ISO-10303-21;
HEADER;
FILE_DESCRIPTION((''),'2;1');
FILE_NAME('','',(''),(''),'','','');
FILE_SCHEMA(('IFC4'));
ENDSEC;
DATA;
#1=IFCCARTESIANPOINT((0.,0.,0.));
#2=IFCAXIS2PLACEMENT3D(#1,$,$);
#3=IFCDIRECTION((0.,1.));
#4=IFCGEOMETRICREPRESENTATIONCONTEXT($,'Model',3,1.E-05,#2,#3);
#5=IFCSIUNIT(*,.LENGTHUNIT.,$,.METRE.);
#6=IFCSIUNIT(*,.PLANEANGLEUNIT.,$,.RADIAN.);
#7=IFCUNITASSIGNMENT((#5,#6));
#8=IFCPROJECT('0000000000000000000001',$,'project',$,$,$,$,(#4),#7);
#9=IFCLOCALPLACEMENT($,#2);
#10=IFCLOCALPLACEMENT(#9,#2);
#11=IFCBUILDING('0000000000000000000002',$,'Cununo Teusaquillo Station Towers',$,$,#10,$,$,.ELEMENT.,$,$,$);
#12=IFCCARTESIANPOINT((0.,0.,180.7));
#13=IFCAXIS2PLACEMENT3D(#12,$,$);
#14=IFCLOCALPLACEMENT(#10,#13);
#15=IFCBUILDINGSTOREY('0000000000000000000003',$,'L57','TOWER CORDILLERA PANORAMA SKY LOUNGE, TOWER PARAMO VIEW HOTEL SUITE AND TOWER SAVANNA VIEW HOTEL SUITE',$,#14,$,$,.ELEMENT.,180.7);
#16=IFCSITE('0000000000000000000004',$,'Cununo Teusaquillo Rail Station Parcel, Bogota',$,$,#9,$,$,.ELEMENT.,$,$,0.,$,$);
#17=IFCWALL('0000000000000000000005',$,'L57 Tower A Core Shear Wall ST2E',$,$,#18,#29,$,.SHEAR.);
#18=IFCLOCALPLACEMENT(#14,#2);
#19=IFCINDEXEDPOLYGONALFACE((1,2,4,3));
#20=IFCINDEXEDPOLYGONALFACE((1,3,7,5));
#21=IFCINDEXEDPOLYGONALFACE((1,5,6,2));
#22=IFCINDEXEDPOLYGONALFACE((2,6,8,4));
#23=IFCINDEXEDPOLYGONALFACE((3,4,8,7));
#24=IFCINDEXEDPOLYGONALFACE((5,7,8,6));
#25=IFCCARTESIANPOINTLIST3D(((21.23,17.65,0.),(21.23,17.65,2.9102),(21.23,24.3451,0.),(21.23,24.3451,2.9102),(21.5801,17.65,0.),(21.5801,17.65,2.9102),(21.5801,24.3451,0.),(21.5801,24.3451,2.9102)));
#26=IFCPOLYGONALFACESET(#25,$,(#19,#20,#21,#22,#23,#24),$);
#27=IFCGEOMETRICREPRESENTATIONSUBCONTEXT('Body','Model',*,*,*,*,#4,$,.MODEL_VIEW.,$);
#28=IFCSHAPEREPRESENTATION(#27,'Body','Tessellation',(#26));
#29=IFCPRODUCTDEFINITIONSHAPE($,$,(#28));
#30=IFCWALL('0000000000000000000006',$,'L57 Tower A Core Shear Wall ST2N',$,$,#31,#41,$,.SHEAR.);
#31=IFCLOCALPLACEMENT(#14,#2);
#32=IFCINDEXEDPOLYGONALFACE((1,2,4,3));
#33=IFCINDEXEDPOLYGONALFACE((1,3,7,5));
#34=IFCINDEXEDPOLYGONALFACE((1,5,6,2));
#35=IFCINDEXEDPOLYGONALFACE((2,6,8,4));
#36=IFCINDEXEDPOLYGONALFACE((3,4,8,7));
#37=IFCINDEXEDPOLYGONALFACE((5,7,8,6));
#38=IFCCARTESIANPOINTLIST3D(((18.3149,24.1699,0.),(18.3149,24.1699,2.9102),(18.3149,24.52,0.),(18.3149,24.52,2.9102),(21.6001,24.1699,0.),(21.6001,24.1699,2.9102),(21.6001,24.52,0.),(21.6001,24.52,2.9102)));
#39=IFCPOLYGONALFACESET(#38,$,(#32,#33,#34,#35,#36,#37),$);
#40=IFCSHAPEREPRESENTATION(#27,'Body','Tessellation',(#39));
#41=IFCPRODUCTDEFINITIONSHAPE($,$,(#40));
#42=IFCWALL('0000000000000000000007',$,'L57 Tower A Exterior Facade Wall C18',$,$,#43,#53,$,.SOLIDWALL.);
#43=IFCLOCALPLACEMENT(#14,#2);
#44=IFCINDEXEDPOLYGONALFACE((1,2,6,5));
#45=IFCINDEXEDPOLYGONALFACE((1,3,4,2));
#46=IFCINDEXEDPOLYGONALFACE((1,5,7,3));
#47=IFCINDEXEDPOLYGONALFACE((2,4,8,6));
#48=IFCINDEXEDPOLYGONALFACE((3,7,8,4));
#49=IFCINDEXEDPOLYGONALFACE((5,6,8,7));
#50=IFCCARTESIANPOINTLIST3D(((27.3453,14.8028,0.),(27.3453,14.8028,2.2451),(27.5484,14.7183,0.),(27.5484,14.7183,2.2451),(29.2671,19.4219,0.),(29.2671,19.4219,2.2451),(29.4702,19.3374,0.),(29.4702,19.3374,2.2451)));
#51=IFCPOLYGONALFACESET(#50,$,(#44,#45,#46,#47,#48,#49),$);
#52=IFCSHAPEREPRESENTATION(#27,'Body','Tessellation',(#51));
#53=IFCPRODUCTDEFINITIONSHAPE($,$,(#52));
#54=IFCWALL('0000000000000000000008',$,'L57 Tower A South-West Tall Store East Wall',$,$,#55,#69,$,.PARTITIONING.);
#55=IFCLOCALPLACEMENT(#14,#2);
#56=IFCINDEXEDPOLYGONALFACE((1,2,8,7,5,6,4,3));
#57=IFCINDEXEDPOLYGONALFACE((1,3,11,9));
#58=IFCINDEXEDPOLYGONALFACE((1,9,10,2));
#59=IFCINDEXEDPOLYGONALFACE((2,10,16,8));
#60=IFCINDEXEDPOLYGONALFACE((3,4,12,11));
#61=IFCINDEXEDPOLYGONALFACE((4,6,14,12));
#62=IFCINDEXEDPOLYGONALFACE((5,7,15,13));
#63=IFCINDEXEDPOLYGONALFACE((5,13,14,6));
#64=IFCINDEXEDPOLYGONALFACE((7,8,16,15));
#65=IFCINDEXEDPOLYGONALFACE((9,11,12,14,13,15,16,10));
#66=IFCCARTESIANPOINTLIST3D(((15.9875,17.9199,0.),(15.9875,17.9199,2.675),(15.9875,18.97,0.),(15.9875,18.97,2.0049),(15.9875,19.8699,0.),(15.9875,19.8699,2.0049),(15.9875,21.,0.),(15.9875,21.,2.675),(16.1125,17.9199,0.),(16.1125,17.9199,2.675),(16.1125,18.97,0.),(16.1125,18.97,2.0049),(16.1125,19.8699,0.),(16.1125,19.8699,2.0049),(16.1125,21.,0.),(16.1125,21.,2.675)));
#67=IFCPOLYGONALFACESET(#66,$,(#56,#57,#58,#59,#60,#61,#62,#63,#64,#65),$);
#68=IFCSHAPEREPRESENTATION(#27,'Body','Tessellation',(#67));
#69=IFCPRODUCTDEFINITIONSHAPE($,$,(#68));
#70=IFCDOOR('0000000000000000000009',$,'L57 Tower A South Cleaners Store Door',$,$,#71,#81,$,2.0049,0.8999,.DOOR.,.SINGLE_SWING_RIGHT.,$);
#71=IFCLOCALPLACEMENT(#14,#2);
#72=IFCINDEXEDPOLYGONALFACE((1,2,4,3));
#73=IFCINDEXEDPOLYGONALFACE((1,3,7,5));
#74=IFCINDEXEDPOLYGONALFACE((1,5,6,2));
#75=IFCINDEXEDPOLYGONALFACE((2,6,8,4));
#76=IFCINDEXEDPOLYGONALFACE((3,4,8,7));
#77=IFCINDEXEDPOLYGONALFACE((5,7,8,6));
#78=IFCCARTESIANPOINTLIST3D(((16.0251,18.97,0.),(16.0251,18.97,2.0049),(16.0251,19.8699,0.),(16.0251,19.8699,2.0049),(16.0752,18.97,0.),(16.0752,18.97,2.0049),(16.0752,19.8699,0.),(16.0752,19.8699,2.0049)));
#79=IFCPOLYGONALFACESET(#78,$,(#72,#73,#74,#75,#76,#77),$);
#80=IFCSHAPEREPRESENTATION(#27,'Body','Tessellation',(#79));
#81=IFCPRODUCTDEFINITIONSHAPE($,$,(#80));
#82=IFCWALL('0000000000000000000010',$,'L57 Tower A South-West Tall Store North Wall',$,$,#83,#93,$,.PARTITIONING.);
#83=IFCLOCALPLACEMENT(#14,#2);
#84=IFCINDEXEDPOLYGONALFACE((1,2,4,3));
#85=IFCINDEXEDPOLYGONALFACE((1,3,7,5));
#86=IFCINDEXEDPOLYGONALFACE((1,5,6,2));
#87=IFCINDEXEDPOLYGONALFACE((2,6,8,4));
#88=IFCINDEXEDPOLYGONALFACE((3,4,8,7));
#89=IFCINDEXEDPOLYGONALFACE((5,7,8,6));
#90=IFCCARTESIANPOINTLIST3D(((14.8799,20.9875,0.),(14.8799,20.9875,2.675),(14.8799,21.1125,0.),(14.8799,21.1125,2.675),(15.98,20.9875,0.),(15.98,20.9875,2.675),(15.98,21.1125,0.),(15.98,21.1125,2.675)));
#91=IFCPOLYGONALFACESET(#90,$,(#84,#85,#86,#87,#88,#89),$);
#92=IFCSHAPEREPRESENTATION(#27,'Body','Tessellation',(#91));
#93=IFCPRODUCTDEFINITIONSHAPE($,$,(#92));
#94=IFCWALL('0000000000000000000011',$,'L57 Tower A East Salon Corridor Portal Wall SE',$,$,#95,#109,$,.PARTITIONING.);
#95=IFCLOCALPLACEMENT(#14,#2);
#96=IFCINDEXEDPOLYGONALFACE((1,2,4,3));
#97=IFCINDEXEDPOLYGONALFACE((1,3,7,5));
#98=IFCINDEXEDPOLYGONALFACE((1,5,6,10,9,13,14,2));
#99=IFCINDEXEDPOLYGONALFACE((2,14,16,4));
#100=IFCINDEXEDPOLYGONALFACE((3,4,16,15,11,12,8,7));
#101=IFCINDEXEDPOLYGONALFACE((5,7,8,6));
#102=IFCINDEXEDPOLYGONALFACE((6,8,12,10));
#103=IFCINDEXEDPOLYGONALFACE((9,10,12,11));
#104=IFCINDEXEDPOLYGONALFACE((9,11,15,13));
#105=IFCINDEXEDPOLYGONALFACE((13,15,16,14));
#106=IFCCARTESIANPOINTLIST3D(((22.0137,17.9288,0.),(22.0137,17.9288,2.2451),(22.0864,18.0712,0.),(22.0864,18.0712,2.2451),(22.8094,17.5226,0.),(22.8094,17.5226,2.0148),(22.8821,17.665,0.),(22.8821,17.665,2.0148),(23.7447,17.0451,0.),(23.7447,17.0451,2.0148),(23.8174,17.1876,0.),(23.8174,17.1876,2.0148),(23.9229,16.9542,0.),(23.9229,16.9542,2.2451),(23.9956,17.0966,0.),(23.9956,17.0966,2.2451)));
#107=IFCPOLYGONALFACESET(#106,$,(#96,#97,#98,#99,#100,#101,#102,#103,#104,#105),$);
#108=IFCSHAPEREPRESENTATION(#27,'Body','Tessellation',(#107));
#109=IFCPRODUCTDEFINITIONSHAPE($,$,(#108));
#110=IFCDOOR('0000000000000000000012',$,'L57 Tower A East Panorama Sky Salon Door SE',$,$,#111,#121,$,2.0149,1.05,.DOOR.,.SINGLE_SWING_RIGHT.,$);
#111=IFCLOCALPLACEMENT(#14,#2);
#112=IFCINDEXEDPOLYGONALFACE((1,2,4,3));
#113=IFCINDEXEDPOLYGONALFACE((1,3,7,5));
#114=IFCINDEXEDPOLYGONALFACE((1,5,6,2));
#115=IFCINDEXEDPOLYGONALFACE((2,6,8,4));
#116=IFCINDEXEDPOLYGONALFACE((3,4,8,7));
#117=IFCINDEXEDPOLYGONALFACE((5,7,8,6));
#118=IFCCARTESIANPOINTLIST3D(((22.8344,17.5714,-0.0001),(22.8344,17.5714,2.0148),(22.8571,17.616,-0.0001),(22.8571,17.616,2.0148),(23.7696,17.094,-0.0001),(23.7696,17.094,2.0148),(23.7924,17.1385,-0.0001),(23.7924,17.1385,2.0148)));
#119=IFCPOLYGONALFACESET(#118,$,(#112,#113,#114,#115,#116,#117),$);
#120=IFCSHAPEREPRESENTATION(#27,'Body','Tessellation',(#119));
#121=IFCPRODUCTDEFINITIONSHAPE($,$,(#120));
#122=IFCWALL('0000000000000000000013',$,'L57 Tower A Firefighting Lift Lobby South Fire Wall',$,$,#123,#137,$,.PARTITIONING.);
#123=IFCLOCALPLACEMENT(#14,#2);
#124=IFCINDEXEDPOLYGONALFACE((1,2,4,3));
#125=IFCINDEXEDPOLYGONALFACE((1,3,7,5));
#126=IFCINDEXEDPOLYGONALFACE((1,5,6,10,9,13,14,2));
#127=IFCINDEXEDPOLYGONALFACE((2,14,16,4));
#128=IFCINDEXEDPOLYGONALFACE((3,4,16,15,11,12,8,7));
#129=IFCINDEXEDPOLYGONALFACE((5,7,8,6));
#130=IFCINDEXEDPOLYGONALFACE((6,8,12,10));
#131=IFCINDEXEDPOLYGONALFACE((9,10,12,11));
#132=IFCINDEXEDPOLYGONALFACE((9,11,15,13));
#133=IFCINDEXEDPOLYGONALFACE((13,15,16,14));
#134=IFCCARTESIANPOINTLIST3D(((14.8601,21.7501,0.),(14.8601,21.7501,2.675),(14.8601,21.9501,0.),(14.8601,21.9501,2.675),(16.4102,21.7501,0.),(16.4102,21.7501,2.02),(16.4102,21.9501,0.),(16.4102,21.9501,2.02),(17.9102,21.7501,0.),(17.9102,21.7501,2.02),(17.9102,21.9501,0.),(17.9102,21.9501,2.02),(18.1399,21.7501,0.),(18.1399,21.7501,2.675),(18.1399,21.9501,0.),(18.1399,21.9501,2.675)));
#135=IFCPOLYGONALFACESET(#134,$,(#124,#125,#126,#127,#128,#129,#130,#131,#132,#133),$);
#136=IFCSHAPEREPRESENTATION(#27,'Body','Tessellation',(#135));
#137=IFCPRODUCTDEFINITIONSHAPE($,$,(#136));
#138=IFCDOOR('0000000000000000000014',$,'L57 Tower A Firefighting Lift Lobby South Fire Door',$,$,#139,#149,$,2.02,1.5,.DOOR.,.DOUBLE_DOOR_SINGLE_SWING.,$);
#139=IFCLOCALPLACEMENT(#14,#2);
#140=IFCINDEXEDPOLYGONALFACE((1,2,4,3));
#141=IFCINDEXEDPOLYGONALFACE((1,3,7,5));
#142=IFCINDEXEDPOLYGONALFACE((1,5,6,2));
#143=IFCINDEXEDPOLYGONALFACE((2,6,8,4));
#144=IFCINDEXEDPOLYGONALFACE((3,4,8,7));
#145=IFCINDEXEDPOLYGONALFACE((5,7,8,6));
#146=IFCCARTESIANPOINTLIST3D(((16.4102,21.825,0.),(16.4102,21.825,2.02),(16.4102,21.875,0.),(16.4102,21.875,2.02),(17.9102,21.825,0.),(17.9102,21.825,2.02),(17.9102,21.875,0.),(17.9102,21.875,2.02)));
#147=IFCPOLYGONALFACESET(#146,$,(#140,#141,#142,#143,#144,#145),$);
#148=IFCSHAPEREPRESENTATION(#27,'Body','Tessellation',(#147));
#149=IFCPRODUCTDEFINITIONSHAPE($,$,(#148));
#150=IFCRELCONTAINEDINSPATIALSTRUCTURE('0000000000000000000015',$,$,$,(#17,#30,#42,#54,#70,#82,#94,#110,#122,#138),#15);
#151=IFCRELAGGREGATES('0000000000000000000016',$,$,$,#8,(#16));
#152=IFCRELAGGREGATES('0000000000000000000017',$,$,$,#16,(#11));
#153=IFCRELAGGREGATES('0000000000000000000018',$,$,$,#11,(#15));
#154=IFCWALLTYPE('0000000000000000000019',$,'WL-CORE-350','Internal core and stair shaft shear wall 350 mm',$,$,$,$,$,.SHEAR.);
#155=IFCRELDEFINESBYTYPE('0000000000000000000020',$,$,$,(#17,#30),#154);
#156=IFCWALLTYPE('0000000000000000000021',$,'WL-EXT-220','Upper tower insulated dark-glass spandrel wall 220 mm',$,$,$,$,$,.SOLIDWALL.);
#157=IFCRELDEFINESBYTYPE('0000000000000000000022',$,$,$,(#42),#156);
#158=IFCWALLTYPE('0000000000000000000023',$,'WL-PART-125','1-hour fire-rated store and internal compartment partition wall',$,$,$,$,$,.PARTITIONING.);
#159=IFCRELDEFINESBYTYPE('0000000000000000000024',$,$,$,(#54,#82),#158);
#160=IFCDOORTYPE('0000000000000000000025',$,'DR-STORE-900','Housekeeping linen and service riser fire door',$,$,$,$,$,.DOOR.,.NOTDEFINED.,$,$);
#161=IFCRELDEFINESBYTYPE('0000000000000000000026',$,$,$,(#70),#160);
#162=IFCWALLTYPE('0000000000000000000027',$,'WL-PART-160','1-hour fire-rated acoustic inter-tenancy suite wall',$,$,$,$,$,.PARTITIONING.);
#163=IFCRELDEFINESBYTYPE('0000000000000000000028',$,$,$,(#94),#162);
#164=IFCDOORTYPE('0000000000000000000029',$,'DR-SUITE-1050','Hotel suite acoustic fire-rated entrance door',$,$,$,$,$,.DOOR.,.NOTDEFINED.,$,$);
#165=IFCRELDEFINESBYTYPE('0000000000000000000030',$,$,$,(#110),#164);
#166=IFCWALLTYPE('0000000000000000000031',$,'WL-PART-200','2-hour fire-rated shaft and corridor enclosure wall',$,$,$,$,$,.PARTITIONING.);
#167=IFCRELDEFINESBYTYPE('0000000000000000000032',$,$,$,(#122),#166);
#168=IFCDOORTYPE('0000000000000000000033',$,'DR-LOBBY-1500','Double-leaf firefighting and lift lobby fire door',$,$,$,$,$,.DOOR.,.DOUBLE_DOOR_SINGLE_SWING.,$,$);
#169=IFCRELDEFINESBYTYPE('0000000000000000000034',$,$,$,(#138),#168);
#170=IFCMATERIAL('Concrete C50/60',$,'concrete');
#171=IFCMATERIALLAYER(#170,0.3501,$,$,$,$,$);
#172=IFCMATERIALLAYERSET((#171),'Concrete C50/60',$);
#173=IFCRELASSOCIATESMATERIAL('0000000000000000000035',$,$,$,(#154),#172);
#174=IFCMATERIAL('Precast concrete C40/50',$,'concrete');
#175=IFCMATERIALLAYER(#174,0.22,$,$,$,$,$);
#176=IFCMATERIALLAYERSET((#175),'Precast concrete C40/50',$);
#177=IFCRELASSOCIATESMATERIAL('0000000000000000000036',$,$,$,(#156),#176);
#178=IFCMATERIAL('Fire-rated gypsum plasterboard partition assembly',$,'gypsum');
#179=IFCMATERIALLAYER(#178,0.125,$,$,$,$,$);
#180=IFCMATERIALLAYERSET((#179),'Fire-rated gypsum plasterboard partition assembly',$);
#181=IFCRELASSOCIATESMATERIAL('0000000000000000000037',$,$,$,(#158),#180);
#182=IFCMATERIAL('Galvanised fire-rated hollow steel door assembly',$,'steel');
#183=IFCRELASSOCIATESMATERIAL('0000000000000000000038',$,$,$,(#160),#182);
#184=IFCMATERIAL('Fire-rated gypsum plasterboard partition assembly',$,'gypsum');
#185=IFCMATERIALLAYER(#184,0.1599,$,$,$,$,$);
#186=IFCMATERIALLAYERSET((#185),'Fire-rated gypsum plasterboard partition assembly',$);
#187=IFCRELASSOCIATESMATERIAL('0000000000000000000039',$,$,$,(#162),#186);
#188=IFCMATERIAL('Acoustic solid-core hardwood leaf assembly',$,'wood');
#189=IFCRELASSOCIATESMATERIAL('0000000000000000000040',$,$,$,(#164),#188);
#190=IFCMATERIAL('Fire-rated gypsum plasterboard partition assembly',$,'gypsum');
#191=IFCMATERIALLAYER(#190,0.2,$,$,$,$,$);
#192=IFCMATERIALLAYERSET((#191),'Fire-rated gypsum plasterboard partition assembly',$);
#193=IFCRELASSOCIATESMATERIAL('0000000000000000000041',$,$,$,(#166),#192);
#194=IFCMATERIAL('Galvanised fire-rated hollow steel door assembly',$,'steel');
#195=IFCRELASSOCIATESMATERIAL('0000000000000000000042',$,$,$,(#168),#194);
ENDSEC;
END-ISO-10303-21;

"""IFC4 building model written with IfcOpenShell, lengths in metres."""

from ifc_helpers import new_model, si_unit, direction, frame, frame_2d, origin, place, context, subcontext, project, spatial, rectangle, extrude, source, transform, mapped, material, layer, layer_set, type_object, element, fill, save


model = new_model("IFC4")

# Units and contexts
model_context = context("Model", 3, precision=1e-05, world=origin(), true_north=direction((0.0, 1.0)))
body_context = subcontext(model_context, "Body", "Model", "MODEL_VIEW")
ifc_project = project(units=[si_unit("LENGTHUNIT", "METRE"), si_unit("PLANEANGLEUNIT", "RADIAN")], contexts=[model_context])

# Site, building, storey
site_placement = place(None, origin())
site = spatial("IfcSite", under=ifc_project, at=site_placement, Name="Cununo Teusaquillo Rail Station Parcel, Bogota", CompositionType="ELEMENT", RefElevation=0.0)
building_placement = place(site_placement, origin())
building = spatial("IfcBuilding", under=site, at=building_placement, Name="Cununo Teusaquillo Station Towers", CompositionType="ELEMENT")
storey_placement = place(building_placement, frame((0.0, 0.0, 180.7)))
storey = spatial("IfcBuildingStorey", under=building, at=storey_placement, Name="L57", Description="TOWER CORDILLERA PANORAMA SKY LOUNGE, TOWER PARAMO VIEW HOTEL SUITE AND TOWER SAVANNA VIEW HOTEL SUITE", CompositionType="ELEMENT", Elevation=180.7)

# Shared definitions
ifc_material_1 = material(Name="Concrete C50/60", Category="concrete")
ifc_layer_1 = layer(ifc_material_1, 0.3501)
ifc_layer_set_1 = layer_set([ifc_layer_1], Name="Concrete C50/60")
wall_type_1 = type_object("IfcWallType", Name="WL-CORE-350", Description="Internal core and stair shaft shear wall 350 mm", PredefinedType="SHEAR", material=ifc_layer_set_1)

# Walls
wall_1_placement = place(storey_placement, frame((21.405, 17.6499, 0.0), z_axis=(0.0, 0.0, 1.0), x_axis=(0.0, 1.0, 0.0)))
element("IfcWall", 1, at=wall_1_placement, inside=storey, type_object=wall_type_1, Name="L57 Tower A Core Shear Wall ST2E", PredefinedType="SHEAR", context=body_context, shape_type="SweptSolid", body=[
    extrude(rectangle(XDim=6.6951, YDim=0.3501, at=frame_2d((3.3477, 0.0))), origin(), (0.0, 0.0, 1.0), 2.9102),
])
wall_2_placement = place(storey_placement, frame((18.3149, 24.345, 0.0), z_axis=(0.0, 0.0, 1.0), x_axis=(1.0, 0.0, 0.0)))
element("IfcWall", 2, at=wall_2_placement, inside=storey, type_object=wall_type_1, Name="L57 Tower A Core Shear Wall ST2N", PredefinedType="SHEAR", context=body_context, shape_type="SweptSolid", body=[
    extrude(rectangle(XDim=3.2852, YDim=0.3501, at=frame_2d((1.6426, 0.0))), origin(), (0.0, 0.0, 1.0), 2.9102),
])
ifc_material_2 = material(Name="Precast concrete C40/50", Category="concrete")
ifc_layer_2 = layer(ifc_material_2, 0.22)
ifc_layer_set_2 = layer_set([ifc_layer_2], Name="Precast concrete C40/50")
wall_type_2 = type_object("IfcWallType", Name="WL-EXT-220", Description="Upper tower insulated dark-glass spandrel wall 220 mm", PredefinedType="SOLIDWALL", material=ifc_layer_set_2)
wall_3_placement = place(storey_placement, frame((29.3687, 19.3796, 0.0), z_axis=(0.0, 0.0, 1.0), x_axis=(-0.384144, -0.923273, 0.0)))
element("IfcWall", 3, at=wall_3_placement, inside=storey, type_object=wall_type_2, Name="L57 Tower A Exterior Facade Wall C18", PredefinedType="SOLIDWALL", context=body_context, shape_type="SweptSolid", body=[
    extrude(rectangle(XDim=5.0029, YDim=0.22, at=frame_2d((2.5015, 0.0))), origin(), (0.0, 0.0, 1.0), 2.2451),
])

# Wall, opening, door
ifc_material_3 = material(Name="Fire-rated gypsum plasterboard partition assembly", Category="gypsum")
ifc_layer_3 = layer(ifc_material_3, 0.125)
ifc_layer_set_3 = layer_set([ifc_layer_3], Name="Fire-rated gypsum plasterboard partition assembly")
wall_type_3 = type_object("IfcWallType", Name="WL-PART-125", Description="1-hour fire-rated store and internal compartment partition wall", PredefinedType="PARTITIONING", material=ifc_layer_set_3)
wall_4_placement = place(storey_placement, frame((16.05, 17.9199, 0.0), z_axis=(0.0, 0.0, 1.0), x_axis=(0.0, 1.0, 0.0)))
wall_4 = element("IfcWall", 4, at=wall_4_placement, inside=storey, type_object=wall_type_3, Name="L57 Tower A South-West Tall Store East Wall", PredefinedType="PARTITIONING", context=body_context, shape_type="SweptSolid", body=[
    extrude(rectangle(XDim=3.0801, YDim=0.125, at=frame_2d((1.54, 0.0))), origin(), (0.0, 0.0, 1.0), 2.675),
])
shared_shape_1 = source(origin(), body_context, "Body", "SweptSolid", [
    extrude(rectangle(XDim=0.8999, YDim=2.0049, at=frame_2d((0.45, 1.0024))), frame((0.0, 0.0725, 0.0), z_axis=(0.0, -1.0, 0.0), x_axis=(1.0, 0.0, 0.0)), (0.0, 0.0, 1.0), 0.145),
])
opening_1_placement = place(wall_4_placement, frame((1.05, 0.0, 0.0)))
opening_1 = element("IfcOpeningElement", 5, at=opening_1_placement, cuts=wall_4, PredefinedType="OPENING", context=body_context, shape_type="MappedRepresentation", body=[
    mapped(shared_shape_1, transform((0.0, 0.0, 0.0), x_axis=(1.0, 0.0, 0.0), y_axis=(0.0, 1.0, 0.0), z_axis=(0.0, 0.0, 1.0), scale=1.0)),
])
ifc_material_4 = material(Name="Galvanised fire-rated hollow steel door assembly", Category="steel")
door_type_1 = type_object("IfcDoorType", Name="DR-STORE-900", Description="Housekeeping linen and service riser fire door", OperationType="NOTDEFINED", PredefinedType="DOOR", material=ifc_material_4)
shared_shape_2 = source(origin(), body_context, "Body", "SweptSolid", [
    extrude(rectangle(XDim=0.8999, YDim=2.0049, at=frame_2d((0.45, 1.0024))), frame((0.0, 0.0249, 0.0), z_axis=(0.0, -1.0, 0.0), x_axis=(1.0, 0.0, 0.0)), (0.0, 0.0, 1.0), 0.05),
])
door_1_placement = place(opening_1_placement, origin())
door_1 = element("IfcDoor", 6, at=door_1_placement, inside=storey, type_object=door_type_1, Name="L57 Tower A South Cleaners Store Door", OperationType="SINGLE_SWING_RIGHT", OverallHeight=2.0049, OverallWidth=0.8999, PredefinedType="DOOR", context=body_context, shape_type="MappedRepresentation", body=[
    mapped(shared_shape_2, transform((0.0, 0.0, 0.0), x_axis=(1.0, 0.0, 0.0), y_axis=(0.0, 1.0, 0.0), z_axis=(0.0, 0.0, 1.0), scale=1.0)),
])
fill(opening_1, door_1)

# Wall
wall_5_placement = place(storey_placement, frame((14.8799, 21.05, 0.0), z_axis=(0.0, 0.0, 1.0), x_axis=(1.0, 0.0, 0.0)))
element("IfcWall", 7, at=wall_5_placement, inside=storey, type_object=wall_type_3, Name="L57 Tower A South-West Tall Store North Wall", PredefinedType="PARTITIONING", context=body_context, shape_type="SweptSolid", body=[
    extrude(rectangle(XDim=1.1001, YDim=0.125, at=frame_2d((0.55, 0.0))), origin(), (0.0, 0.0, 1.0), 2.675),
])

# Walls, openings, doors
ifc_material_5 = material(Name="Fire-rated gypsum plasterboard partition assembly", Category="gypsum")
ifc_layer_4 = layer(ifc_material_5, 0.1599)
ifc_layer_set_4 = layer_set([ifc_layer_4], Name="Fire-rated gypsum plasterboard partition assembly")
wall_type_4 = type_object("IfcWallType", Name="WL-PART-160", Description="1-hour fire-rated acoustic inter-tenancy suite wall", PredefinedType="PARTITIONING", material=ifc_layer_set_4)
wall_6_placement = place(storey_placement, frame((22.05, 18.0, 0.0), z_axis=(0.0, 0.0, 1.0), x_axis=(0.89066, -0.45467, 0.0)))
wall_6 = element("IfcWall", 8, at=wall_6_placement, inside=storey, type_object=wall_type_4, Name="L57 Tower A East Salon Corridor Portal Wall SE", PredefinedType="PARTITIONING", context=body_context, shape_type="SweptSolid", body=[
    extrude(rectangle(XDim=2.1436, YDim=0.1599, at=frame_2d((1.0718, 0.0))), origin(), (0.0, 0.0, 1.0), 2.2451),
])
shared_shape_3 = source(origin(), body_context, "Body", "SweptSolid", [
    extrude(rectangle(XDim=1.05, YDim=2.0149, at=frame_2d((0.5249, 1.0073))), frame((0.0, 0.0898, 0.0), z_axis=(0.0, -1.0, 0.0), x_axis=(1.0, 0.0, 0.0)), (0.0, 0.0, 1.0), 0.1799),
])
opening_2_placement = place(wall_6_placement, frame((0.8936, 0.0, 0.0)))
opening_2 = element("IfcOpeningElement", 9, at=opening_2_placement, cuts=wall_6, PredefinedType="OPENING", context=body_context, shape_type="MappedRepresentation", body=[
    mapped(shared_shape_3, transform((0.0, 0.0, 0.0), x_axis=(1.0, 0.0, 0.0), y_axis=(0.0, 1.0, 0.0), z_axis=(0.0, 0.0, 1.0), scale=1.0)),
])
ifc_material_6 = material(Name="Acoustic solid-core hardwood leaf assembly", Category="wood")
door_type_2 = type_object("IfcDoorType", Name="DR-SUITE-1050", Description="Hotel suite acoustic fire-rated entrance door", OperationType="NOTDEFINED", PredefinedType="DOOR", material=ifc_material_6)
shared_shape_4 = source(origin(), body_context, "Body", "SweptSolid", [
    extrude(rectangle(XDim=1.05, YDim=2.0149, at=frame_2d((0.5249, 1.0073))), frame((0.0, 0.0249, 0.0), z_axis=(0.0, -1.0, 0.0), x_axis=(1.0, 0.0, 0.0)), (0.0, 0.0, 1.0), 0.05),
])
door_2_placement = place(opening_2_placement, origin())
door_2 = element("IfcDoor", 10, at=door_2_placement, inside=storey, type_object=door_type_2, Name="L57 Tower A East Panorama Sky Salon Door SE", OperationType="SINGLE_SWING_RIGHT", OverallHeight=2.0149, OverallWidth=1.05, PredefinedType="DOOR", context=body_context, shape_type="MappedRepresentation", body=[
    mapped(shared_shape_4, transform((0.0, 0.0, 0.0), x_axis=(1.0, 0.0, 0.0), y_axis=(0.0, 1.0, 0.0), z_axis=(0.0, 0.0, 1.0), scale=1.0)),
])
fill(opening_2, door_2)
ifc_material_7 = material(Name="Fire-rated gypsum plasterboard partition assembly", Category="gypsum")
ifc_layer_5 = layer(ifc_material_7, 0.2)
ifc_layer_set_5 = layer_set([ifc_layer_5], Name="Fire-rated gypsum plasterboard partition assembly")
wall_type_5 = type_object("IfcWallType", Name="WL-PART-200", Description="2-hour fire-rated shaft and corridor enclosure wall", PredefinedType="PARTITIONING", material=ifc_layer_set_5)
wall_7_placement = place(storey_placement, frame((14.8601, 21.8501, 0.0), z_axis=(0.0, 0.0, 1.0), x_axis=(1.0, 0.0, 0.0)))
wall_7 = element("IfcWall", 11, at=wall_7_placement, inside=storey, type_object=wall_type_5, Name="L57 Tower A Firefighting Lift Lobby South Fire Wall", PredefinedType="PARTITIONING", context=body_context, shape_type="SweptSolid", body=[
    extrude(rectangle(XDim=3.2798, YDim=0.2, at=frame_2d((1.6399, 0.0))), origin(), (0.0, 0.0, 1.0), 2.675),
])
shared_shape_5 = source(origin(), body_context, "Body", "SweptSolid", [
    extrude(rectangle(XDim=1.5, YDim=2.02, at=frame_2d((0.75, 1.01))), frame((0.0, 0.1099, 0.0), z_axis=(0.0, -1.0, 0.0), x_axis=(1.0, 0.0, 0.0)), (0.0, 0.0, 1.0), 0.22),
])
opening_3_placement = place(wall_7_placement, frame((1.55, 0.0, 0.0)))
opening_3 = element("IfcOpeningElement", 12, at=opening_3_placement, cuts=wall_7, PredefinedType="OPENING", context=body_context, shape_type="MappedRepresentation", body=[
    mapped(shared_shape_5, transform((0.0, 0.0, 0.0), x_axis=(1.0, 0.0, 0.0), y_axis=(0.0, 1.0, 0.0), z_axis=(0.0, 0.0, 1.0), scale=1.0)),
])
ifc_material_8 = material(Name="Galvanised fire-rated hollow steel door assembly", Category="steel")
door_type_3 = type_object("IfcDoorType", Name="DR-LOBBY-1500", Description="Double-leaf firefighting and lift lobby fire door", OperationType="DOUBLE_DOOR_SINGLE_SWING", PredefinedType="DOOR", material=ifc_material_8)
shared_shape_6 = source(origin(), body_context, "Body", "SweptSolid", [
    extrude(rectangle(XDim=1.5, YDim=2.02, at=frame_2d((0.75, 1.01))), frame((0.0, 0.0249, 0.0), z_axis=(0.0, -1.0, 0.0), x_axis=(1.0, 0.0, 0.0)), (0.0, 0.0, 1.0), 0.05),
])
door_3_placement = place(opening_3_placement, origin())
door_3 = element("IfcDoor", 13, at=door_3_placement, inside=storey, type_object=door_type_3, Name="L57 Tower A Firefighting Lift Lobby South Fire Door", OperationType="DOUBLE_DOOR_SINGLE_SWING", OverallHeight=2.02, OverallWidth=1.5, PredefinedType="DOOR", context=body_context, shape_type="MappedRepresentation", body=[
    mapped(shared_shape_6, transform((0.0, 0.0, 0.0), x_axis=(1.0, 0.0, 0.0), y_axis=(0.0, 1.0, 0.0), z_axis=(0.0, 0.0, 1.0), scale=1.0)),
])
fill(opening_3, door_3)

save(model, "model.ifc")
